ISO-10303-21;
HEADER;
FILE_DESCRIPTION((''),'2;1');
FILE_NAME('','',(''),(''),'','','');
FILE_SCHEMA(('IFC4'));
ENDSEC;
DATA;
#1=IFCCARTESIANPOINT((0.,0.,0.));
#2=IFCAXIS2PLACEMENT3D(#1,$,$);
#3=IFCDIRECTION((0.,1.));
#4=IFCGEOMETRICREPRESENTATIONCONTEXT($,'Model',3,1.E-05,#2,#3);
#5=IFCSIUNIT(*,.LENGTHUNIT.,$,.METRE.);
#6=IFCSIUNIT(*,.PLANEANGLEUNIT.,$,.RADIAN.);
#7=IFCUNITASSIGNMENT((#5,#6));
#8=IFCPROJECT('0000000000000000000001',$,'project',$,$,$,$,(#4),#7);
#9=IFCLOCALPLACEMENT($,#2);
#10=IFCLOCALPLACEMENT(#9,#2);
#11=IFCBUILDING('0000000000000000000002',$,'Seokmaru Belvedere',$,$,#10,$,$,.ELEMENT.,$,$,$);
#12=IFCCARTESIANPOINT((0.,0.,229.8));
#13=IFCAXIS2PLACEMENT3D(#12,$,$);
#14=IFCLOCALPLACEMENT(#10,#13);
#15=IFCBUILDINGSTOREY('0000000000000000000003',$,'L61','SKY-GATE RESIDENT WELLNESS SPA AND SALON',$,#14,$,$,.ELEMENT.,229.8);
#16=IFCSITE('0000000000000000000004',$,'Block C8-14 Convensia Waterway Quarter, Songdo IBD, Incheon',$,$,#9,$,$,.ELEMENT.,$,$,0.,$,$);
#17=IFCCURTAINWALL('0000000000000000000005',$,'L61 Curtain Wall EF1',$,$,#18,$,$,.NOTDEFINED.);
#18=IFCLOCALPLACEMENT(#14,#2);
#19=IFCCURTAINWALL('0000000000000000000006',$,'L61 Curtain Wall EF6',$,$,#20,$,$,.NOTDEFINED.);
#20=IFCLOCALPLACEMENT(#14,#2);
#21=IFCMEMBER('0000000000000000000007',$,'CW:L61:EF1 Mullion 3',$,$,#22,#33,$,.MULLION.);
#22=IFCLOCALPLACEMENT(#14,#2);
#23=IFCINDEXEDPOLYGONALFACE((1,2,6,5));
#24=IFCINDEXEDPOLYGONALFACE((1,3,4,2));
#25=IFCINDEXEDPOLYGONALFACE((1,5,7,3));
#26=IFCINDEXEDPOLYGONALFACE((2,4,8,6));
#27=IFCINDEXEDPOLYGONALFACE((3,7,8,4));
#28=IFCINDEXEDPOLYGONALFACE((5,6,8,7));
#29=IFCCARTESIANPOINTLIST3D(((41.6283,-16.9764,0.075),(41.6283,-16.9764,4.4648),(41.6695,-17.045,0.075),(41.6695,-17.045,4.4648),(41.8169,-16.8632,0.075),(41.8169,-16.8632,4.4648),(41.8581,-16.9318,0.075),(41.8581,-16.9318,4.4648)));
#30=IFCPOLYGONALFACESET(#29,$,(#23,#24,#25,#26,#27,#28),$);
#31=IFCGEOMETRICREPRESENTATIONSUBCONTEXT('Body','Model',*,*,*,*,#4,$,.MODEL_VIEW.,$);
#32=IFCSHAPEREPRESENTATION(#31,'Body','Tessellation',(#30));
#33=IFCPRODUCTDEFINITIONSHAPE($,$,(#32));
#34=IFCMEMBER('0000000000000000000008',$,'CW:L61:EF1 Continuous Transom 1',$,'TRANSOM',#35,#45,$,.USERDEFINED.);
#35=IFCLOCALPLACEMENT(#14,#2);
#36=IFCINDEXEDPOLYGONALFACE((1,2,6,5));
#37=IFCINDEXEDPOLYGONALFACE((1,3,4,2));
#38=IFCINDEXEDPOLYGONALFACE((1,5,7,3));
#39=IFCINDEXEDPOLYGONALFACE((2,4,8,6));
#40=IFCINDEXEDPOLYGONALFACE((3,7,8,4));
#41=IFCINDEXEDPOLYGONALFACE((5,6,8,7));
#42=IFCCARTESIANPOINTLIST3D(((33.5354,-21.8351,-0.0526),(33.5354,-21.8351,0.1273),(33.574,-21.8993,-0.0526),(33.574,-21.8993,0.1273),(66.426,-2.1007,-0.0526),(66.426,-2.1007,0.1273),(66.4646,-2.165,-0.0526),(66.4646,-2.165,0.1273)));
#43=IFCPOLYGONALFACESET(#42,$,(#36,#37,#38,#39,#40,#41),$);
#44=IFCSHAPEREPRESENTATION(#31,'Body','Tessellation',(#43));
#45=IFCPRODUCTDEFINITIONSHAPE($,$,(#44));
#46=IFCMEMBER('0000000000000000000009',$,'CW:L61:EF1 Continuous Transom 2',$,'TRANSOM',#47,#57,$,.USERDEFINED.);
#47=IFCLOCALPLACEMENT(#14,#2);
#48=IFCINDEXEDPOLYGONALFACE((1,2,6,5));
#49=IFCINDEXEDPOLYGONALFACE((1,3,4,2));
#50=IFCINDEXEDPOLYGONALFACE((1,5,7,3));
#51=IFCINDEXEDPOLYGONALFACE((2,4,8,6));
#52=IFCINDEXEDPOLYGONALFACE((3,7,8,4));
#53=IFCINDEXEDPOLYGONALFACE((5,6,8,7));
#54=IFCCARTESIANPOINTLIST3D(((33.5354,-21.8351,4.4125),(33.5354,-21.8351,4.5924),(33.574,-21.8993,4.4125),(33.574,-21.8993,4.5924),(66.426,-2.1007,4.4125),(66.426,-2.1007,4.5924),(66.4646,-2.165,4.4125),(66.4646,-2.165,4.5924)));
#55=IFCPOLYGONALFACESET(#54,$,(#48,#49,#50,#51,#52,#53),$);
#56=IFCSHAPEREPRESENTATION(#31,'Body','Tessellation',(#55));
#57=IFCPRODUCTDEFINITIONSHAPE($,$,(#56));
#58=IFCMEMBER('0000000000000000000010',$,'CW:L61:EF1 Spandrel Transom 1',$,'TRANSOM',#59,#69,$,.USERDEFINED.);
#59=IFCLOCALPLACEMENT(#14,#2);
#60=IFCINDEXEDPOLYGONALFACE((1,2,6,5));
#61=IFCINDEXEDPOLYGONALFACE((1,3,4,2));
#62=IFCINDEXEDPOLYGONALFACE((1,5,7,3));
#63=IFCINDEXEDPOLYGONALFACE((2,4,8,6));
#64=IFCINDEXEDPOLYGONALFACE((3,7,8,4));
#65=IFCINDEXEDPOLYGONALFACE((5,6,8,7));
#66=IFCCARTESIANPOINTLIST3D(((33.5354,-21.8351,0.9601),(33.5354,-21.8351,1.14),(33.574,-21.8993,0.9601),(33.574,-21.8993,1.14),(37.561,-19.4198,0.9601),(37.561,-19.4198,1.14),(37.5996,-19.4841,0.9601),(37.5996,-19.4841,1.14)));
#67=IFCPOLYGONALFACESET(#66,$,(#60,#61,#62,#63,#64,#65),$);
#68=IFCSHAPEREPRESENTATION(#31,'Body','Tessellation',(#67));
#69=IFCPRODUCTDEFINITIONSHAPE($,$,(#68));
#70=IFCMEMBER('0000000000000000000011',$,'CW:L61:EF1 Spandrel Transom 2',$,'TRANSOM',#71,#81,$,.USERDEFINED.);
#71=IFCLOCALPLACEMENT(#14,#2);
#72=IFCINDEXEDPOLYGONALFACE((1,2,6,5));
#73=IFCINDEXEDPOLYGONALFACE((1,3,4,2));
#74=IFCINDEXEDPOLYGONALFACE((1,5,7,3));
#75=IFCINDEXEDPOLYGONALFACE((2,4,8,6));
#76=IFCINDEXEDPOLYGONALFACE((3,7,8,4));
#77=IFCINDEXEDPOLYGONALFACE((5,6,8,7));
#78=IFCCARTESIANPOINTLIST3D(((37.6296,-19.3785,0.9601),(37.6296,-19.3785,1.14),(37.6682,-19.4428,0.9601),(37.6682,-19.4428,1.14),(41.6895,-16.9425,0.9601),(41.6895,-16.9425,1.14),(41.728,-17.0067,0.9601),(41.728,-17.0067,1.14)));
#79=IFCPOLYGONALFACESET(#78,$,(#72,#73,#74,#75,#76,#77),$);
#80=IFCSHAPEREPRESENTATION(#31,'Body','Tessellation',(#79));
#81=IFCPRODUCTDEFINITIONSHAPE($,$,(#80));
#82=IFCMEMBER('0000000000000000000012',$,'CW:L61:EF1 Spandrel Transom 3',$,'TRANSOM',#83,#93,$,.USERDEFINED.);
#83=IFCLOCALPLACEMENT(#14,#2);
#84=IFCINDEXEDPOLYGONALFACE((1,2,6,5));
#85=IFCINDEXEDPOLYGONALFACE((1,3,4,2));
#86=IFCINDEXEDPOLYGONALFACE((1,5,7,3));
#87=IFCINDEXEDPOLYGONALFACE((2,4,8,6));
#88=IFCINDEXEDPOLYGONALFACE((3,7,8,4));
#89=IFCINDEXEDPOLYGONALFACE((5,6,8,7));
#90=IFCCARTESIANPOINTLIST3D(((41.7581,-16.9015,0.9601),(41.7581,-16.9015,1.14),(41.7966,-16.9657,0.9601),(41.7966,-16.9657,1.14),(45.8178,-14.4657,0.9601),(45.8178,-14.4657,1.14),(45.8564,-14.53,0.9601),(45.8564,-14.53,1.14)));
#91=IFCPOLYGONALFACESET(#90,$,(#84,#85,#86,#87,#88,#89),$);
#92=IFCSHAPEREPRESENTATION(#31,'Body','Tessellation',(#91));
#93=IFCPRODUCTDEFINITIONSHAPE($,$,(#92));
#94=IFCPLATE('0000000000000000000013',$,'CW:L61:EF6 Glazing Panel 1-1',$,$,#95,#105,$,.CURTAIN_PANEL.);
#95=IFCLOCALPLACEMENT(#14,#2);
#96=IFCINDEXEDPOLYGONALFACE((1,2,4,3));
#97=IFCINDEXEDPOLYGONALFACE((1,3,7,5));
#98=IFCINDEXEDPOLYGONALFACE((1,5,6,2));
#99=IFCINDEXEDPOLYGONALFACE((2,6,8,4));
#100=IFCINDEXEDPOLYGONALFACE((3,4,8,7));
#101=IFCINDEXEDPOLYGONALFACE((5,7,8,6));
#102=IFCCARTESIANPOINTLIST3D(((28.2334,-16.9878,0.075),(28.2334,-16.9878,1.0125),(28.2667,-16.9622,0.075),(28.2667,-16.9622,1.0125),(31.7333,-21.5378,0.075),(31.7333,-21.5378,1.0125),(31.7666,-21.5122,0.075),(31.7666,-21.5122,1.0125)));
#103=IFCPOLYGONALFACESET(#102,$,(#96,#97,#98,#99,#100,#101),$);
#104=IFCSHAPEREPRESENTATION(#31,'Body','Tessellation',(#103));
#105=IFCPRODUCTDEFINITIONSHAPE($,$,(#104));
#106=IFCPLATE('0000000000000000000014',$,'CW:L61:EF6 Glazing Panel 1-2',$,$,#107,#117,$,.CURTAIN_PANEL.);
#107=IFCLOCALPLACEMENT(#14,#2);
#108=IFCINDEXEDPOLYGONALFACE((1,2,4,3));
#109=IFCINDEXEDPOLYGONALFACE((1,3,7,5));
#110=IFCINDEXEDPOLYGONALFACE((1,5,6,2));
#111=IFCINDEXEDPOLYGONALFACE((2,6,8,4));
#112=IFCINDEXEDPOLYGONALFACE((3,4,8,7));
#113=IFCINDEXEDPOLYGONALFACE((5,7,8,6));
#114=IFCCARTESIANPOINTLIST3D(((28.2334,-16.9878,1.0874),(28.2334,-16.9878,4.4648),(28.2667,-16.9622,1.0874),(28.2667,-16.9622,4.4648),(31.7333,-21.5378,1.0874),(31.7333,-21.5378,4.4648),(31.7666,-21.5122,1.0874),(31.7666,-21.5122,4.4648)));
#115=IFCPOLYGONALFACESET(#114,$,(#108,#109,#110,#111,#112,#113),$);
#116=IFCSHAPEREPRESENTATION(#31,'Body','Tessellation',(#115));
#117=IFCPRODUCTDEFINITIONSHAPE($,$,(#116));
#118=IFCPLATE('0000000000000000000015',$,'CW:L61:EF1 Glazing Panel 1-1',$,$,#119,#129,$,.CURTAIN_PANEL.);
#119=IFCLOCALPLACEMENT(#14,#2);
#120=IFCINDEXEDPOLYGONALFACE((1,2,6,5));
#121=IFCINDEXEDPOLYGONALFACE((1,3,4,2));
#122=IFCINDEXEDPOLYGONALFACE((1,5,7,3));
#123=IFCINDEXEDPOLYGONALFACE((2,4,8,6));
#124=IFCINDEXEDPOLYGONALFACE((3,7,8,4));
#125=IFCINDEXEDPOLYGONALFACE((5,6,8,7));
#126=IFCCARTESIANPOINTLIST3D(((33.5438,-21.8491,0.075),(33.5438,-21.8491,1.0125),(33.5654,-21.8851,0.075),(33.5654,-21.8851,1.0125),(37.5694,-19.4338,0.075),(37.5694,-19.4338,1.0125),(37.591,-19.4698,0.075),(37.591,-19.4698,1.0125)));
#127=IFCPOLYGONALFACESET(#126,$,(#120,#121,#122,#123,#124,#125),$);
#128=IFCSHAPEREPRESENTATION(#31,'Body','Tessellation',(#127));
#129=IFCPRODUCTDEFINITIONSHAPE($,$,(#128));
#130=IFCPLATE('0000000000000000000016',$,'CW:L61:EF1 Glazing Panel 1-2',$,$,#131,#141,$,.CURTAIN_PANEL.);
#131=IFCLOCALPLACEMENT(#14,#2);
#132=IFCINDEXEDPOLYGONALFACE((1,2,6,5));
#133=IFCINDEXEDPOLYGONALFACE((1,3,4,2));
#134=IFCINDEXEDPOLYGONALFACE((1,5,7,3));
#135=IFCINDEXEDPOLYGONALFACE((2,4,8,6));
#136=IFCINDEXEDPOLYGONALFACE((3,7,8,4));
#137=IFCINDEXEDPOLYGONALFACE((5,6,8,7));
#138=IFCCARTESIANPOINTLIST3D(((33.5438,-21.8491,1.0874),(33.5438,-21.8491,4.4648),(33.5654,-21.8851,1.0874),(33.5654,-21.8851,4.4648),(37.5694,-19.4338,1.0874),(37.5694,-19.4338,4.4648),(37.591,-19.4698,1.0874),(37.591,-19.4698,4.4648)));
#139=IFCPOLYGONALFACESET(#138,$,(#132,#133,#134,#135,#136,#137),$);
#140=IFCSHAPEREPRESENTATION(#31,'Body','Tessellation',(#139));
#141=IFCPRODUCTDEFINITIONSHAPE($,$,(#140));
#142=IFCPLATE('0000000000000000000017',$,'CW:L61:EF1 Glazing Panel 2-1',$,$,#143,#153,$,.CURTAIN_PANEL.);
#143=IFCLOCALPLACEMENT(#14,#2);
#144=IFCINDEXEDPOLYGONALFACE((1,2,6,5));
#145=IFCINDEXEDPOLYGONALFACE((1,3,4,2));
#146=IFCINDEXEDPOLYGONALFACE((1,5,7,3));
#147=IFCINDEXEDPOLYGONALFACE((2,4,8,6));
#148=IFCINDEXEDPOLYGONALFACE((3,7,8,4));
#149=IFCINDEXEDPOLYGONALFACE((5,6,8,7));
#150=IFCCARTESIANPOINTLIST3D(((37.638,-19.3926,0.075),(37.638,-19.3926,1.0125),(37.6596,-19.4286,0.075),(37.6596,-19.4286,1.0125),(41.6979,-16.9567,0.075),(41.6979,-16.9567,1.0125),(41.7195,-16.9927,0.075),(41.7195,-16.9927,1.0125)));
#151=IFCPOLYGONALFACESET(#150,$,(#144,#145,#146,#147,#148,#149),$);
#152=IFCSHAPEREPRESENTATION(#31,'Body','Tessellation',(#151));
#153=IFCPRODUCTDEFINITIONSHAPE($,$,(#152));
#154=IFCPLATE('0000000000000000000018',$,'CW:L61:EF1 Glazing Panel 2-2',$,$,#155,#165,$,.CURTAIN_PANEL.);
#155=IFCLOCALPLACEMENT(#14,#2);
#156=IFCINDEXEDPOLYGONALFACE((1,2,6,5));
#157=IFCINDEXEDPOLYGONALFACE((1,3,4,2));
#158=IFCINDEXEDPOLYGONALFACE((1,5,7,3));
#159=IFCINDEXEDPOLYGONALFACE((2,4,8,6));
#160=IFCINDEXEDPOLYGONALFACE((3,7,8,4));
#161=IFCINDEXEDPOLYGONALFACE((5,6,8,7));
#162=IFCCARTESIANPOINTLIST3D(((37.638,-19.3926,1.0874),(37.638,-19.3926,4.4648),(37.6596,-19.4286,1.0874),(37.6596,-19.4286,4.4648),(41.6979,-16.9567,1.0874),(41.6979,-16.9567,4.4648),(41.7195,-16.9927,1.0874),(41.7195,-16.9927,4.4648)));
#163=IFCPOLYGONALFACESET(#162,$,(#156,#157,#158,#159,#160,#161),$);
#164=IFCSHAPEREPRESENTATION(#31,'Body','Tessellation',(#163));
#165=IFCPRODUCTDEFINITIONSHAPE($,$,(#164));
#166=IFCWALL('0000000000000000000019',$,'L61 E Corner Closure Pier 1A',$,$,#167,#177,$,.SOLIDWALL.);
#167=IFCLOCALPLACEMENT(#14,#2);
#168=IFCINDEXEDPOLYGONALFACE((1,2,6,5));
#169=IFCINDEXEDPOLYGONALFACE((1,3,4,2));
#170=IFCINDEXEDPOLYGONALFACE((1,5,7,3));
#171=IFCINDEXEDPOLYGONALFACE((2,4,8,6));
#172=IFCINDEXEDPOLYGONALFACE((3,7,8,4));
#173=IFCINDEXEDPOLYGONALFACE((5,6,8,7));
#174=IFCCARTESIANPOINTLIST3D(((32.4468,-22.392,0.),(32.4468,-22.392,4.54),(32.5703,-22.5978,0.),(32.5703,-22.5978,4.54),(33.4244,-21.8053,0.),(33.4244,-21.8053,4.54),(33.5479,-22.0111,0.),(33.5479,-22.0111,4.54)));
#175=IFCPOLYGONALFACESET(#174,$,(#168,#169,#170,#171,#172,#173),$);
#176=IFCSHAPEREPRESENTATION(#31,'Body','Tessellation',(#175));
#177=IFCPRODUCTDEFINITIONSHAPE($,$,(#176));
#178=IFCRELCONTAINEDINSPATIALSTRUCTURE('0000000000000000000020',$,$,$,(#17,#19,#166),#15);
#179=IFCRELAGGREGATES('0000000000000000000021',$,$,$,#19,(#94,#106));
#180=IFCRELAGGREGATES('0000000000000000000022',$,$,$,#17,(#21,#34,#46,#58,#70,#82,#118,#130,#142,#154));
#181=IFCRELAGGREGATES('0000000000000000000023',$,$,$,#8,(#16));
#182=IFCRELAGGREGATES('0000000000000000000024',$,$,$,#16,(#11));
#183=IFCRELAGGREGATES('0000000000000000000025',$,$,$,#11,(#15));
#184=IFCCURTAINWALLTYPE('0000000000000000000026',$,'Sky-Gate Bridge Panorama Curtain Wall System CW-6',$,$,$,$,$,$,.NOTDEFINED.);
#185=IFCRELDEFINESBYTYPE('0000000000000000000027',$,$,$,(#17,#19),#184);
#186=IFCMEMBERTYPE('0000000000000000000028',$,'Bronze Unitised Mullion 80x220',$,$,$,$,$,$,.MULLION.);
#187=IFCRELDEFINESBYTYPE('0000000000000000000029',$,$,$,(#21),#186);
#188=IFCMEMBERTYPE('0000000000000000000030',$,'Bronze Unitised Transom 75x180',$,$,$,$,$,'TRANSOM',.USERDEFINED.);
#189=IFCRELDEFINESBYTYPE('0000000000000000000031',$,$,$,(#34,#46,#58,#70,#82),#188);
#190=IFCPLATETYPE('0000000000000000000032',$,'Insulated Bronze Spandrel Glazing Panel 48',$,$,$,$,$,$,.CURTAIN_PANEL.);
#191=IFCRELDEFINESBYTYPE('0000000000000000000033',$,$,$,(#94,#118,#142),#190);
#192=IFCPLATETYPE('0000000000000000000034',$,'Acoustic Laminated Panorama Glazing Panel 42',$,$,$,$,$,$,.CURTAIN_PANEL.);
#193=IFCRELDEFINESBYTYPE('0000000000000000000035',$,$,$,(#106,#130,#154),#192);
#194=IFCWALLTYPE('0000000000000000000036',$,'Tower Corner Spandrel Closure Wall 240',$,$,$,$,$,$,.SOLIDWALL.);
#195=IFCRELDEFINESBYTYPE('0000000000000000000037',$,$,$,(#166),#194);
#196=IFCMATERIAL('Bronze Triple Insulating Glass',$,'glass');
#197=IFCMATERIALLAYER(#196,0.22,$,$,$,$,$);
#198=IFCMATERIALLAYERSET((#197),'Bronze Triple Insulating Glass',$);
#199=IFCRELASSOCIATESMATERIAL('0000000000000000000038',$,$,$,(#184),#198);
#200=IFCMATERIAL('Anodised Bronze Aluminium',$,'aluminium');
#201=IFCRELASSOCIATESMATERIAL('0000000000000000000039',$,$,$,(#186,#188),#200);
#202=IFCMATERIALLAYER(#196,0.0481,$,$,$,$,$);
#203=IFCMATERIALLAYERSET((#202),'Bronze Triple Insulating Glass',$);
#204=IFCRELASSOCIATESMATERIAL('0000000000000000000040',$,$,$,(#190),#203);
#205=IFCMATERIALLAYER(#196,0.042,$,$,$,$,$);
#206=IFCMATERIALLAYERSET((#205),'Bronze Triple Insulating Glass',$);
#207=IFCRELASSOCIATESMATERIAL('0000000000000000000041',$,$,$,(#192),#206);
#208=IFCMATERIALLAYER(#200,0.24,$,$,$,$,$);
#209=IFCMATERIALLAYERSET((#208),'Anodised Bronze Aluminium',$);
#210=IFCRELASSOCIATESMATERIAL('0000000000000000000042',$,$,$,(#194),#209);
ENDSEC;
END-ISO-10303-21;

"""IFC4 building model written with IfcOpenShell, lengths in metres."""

from ifc_helpers import new_model, si_unit, direction, frame, frame_2d, origin, origin_2d, place, context, subcontext, project, spatial, rectangle, extrude, source, transform, mapped, material, layer, layer_set, material_profile, profile_set, type_object, type_shapes, element, aggregate, save


model = new_model("IFC4")

# Units and contexts
model_context = context("Model", 3, precision=1e-05, world=origin(), true_north=direction((0.0, 1.0)))
body_context = subcontext(model_context, "Body", "Model", "MODEL_VIEW")
ifc_project = project(units=[si_unit("LENGTHUNIT", "METRE"), si_unit("PLANEANGLEUNIT", "RADIAN")], contexts=[model_context])

# Site, building, storey
site_placement = place(None, origin())
site = spatial("IfcSite", under=ifc_project, at=site_placement, Name="Block C8-14 Convensia Waterway Quarter, Songdo IBD, Incheon", CompositionType="ELEMENT", RefElevation=0.0)
building_placement = place(site_placement, origin())
building = spatial("IfcBuilding", under=site, at=building_placement, Name="Seokmaru Belvedere", CompositionType="ELEMENT")
storey_placement = place(building_placement, frame((0.0, 0.0, 229.8)))
storey = spatial("IfcBuildingStorey", under=building, at=storey_placement, Name="L61", Description="SKY-GATE RESIDENT WELLNESS SPA AND SALON", CompositionType="ELEMENT", Elevation=229.8)

# Curtain wall
ifc_material_1 = material(Name="Bronze Triple Insulating Glass", Category="glass")
ifc_layer_1 = layer(ifc_material_1, 0.22)
ifc_layer_set_1 = layer_set([ifc_layer_1], Name="Bronze Triple Insulating Glass")
curtain_wall_type = type_object("IfcCurtainWallType", Name="Sky-Gate Bridge Panorama Curtain Wall System CW-6", PredefinedType="NOTDEFINED", material=ifc_layer_set_1)
curtain_wall_1_placement = place(storey_placement, origin())
curtain_wall_1 = element("IfcCurtainWall", 1, at=curtain_wall_1_placement, inside=storey, type_object=curtain_wall_type, Name="L61 Curtain Wall EF1", PredefinedType="NOTDEFINED")
ifc_material_2 = material(Name="Anodised Bronze Aluminium", Category="aluminium")
ifc_material_profile_1 = material_profile(ifc_material_2, rectangle(XDim=0.0801, YDim=0.22, at=origin_2d()), Name="CW-M-80x220")
ifc_profile_set_1 = profile_set([ifc_material_profile_1], Name="Anodised Bronze Aluminium")
member_type_1 = type_object("IfcMemberType", Name="Bronze Unitised Mullion 80x220", PredefinedType="MULLION", material=ifc_profile_set_1)

# Curtain wall
curtain_wall_2_placement = place(storey_placement, origin())
curtain_wall_2 = element("IfcCurtainWall", 2, at=curtain_wall_2_placement, inside=storey, type_object=curtain_wall_type, Name="L61 Curtain Wall EF6", PredefinedType="NOTDEFINED")
ifc_material_profile_2 = material_profile(ifc_material_2, rectangle(XDim=0.075, YDim=0.1799, at=origin_2d()), Name="CW-T-75x180")
ifc_profile_set_2 = profile_set([ifc_material_profile_2], Name="Anodised Bronze Aluminium")
member_type_2 = type_object("IfcMemberType", Name="Bronze Unitised Transom 75x180", ElementType="TRANSOM", PredefinedType="USERDEFINED", material=ifc_profile_set_2)

# Members
shared_shape_1 = source(origin(), body_context, "Body", "SweptSolid", [
    extrude(rectangle(XDim=0.0801, YDim=0.22, at=origin_2d()), origin(), (0.0, 0.0, 1.0), 4.3899),
])
member_1_placement = place(storey_placement, frame((41.7432, -16.9541, 0.075), z_axis=(0.0, 0.0, 1.0), x_axis=(-0.514495, 0.857493, 0.0)))
member_1 = element("IfcMember", 3, at=member_1_placement, type_object=member_type_1, Name="CW:L61:EF1 Mullion 3", PredefinedType="MULLION", context=body_context, shape_type="MappedRepresentation", body=[
    mapped(shared_shape_1, transform((0.0, 0.0, 0.0), scale=1.0)),
])
shared_shape_2 = source(origin(), body_context, "Body", "SweptSolid", [
    extrude(rectangle(XDim=0.075, YDim=0.1799, at=origin_2d()), origin(), (0.0, 0.0, 1.0), 38.3567),
])
member_2_placement = place(storey_placement, frame((33.5547, -21.8672, 0.0374), z_axis=(0.857493, 0.514496, 0.0), x_axis=(-0.514496, 0.857493, 0.0)))
member_2 = element("IfcMember", 4, at=member_2_placement, type_object=member_type_2, Name="CW:L61:EF1 Continuous Transom 1", ObjectType="TRANSOM", PredefinedType="USERDEFINED", context=body_context, shape_type="MappedRepresentation", body=[
    mapped(shared_shape_2, transform((0.0, 0.0, 0.0), scale=1.0)),
])
member_3_placement = place(storey_placement, frame((33.5547, -21.8672, 4.5024), z_axis=(0.857493, 0.514496, 0.0), x_axis=(-0.514496, 0.857493, 0.0)))
member_3 = element("IfcMember", 5, at=member_3_placement, type_object=member_type_2, Name="CW:L61:EF1 Continuous Transom 2", ObjectType="TRANSOM", PredefinedType="USERDEFINED", context=body_context, shape_type="MappedRepresentation", body=[
    mapped(shared_shape_2, transform((0.0, 0.0, 0.0), scale=1.0)),
])
shared_shape_3 = source(origin(), body_context, "Body", "SweptSolid", [
    extrude(rectangle(XDim=0.075, YDim=0.1799, at=origin_2d()), origin(), (0.0, 0.0, 1.0), 4.6946),
])
member_4_placement = place(storey_placement, frame((33.5547, -21.8672, 1.05), z_axis=(0.857502, 0.51448, 0.0), x_axis=(-0.51448, 0.857502, 0.0)))
member_4 = element("IfcMember", 6, at=member_4_placement, type_object=member_type_2, Name="CW:L61:EF1 Spandrel Transom 1", ObjectType="TRANSOM", PredefinedType="USERDEFINED", context=body_context, shape_type="MappedRepresentation", body=[
    mapped(shared_shape_3, transform((0.0, 0.0, 0.0), scale=1.0)),
])
shared_shape_4 = source(origin(), body_context, "Body", "SweptSolid", [
    extrude(rectangle(XDim=0.075, YDim=0.1799, at=origin_2d()), origin(), (0.0, 0.0, 1.0), 4.7346),
])
member_5_placement = place(storey_placement, frame((37.6489, -19.4106, 1.05), z_axis=(0.857479, 0.514519, 0.0), x_axis=(-0.514519, 0.857479, 0.0)))
member_5 = element("IfcMember", 7, at=member_5_placement, type_object=member_type_2, Name="CW:L61:EF1 Spandrel Transom 2", ObjectType="TRANSOM", PredefinedType="USERDEFINED", context=body_context, shape_type="MappedRepresentation", body=[
    mapped(shared_shape_4, transform((0.0, 0.0, 0.0), scale=1.0)),
])
shared_shape_5 = source(origin(), body_context, "Body", "SweptSolid", [
    extrude(rectangle(XDim=0.075, YDim=0.1799, at=origin_2d()), origin(), (0.0, 0.0, 1.0), 4.7344),
])
member_6_placement = place(storey_placement, frame((41.7773, -16.9336, 1.05), z_axis=(0.857502, 0.514481, 0.0), x_axis=(-0.514481, 0.857502, 0.0)))
member_6 = element("IfcMember", 8, at=member_6_placement, type_object=member_type_2, Name="CW:L61:EF1 Spandrel Transom 3", ObjectType="TRANSOM", PredefinedType="USERDEFINED", context=body_context, shape_type="MappedRepresentation", body=[
    mapped(shared_shape_5, transform((0.0, 0.0, 0.0), scale=1.0)),
])

# Plates
ifc_layer_2 = layer(ifc_material_1, 0.0481)
ifc_layer_set_2 = layer_set([ifc_layer_2], Name="Bronze Triple Insulating Glass")
plate_type_1 = type_object("IfcPlateType", Name="Insulated Bronze Spandrel Glazing Panel 48", PredefinedType="CURTAIN_PANEL", material=ifc_layer_set_2)
shared_shape_6 = source(origin(), body_context, "Body", "SweptSolid", [
    extrude(rectangle(XDim=5.7405, YDim=0.042, at=origin_2d()), origin(), (0.0, 0.0, 1.0), 0.9375),
])
plate_1_placement = place(storey_placement, frame((30.0, -19.25, 0.075), z_axis=(0.0, 0.0, 1.0), x_axis=(0.609701, -0.792631, 0.0)))
plate_1 = element("IfcPlate", 9, at=plate_1_placement, type_object=plate_type_1, Name="CW:L61:EF6 Glazing Panel 1-1", PredefinedType="CURTAIN_PANEL", context=body_context, shape_type="MappedRepresentation", body=[
    mapped(shared_shape_6, transform((0.0, 0.0, 0.0), scale=1.0)),
])
ifc_layer_3 = layer(ifc_material_1, 0.042)
ifc_layer_set_3 = layer_set([ifc_layer_3], Name="Bronze Triple Insulating Glass")
plate_type_2 = type_object("IfcPlateType", Name="Acoustic Laminated Panorama Glazing Panel 42", PredefinedType="CURTAIN_PANEL", material=ifc_layer_set_3)
shared_shape_7 = source(origin(), body_context, "Body", "SweptSolid", [
    extrude(rectangle(XDim=5.7405, YDim=0.042, at=origin_2d()), origin(), (0.0, 0.0, 1.0), 3.3774),
])
plate_2_placement = place(storey_placement, frame((30.0, -19.25, 1.0874), z_axis=(0.0, 0.0, 1.0), x_axis=(0.609701, -0.792631, 0.0)))
plate_2 = element("IfcPlate", 10, at=plate_2_placement, type_object=plate_type_2, Name="CW:L61:EF6 Glazing Panel 1-2", PredefinedType="CURTAIN_PANEL", context=body_context, shape_type="MappedRepresentation", body=[
    mapped(shared_shape_7, transform((0.0, 0.0, 0.0), scale=1.0)),
])
aggregate(curtain_wall_2, [plate_1, plate_2])
shared_shape_8 = source(origin(), body_context, "Body", "SweptSolid", [
    extrude(rectangle(XDim=4.6946, YDim=0.042, at=origin_2d()), origin(), (0.0, 0.0, 1.0), 0.9375),
])
plate_3_placement = place(storey_placement, frame((35.5674, -20.6594, 0.075), z_axis=(0.0, 0.0, 1.0), x_axis=(0.857493, 0.514495, 0.0)))
plate_3 = element("IfcPlate", 11, at=plate_3_placement, type_object=plate_type_1, Name="CW:L61:EF1 Glazing Panel 1-1", PredefinedType="CURTAIN_PANEL", context=body_context, shape_type="MappedRepresentation", body=[
    mapped(shared_shape_8, transform((0.0, 0.0, 0.0), scale=1.0)),
])
shared_shape_9 = source(origin(), body_context, "Body", "SweptSolid", [
    extrude(rectangle(XDim=4.6946, YDim=0.042, at=origin_2d()), origin(), (0.0, 0.0, 1.0), 3.3774),
])
plate_4_placement = place(storey_placement, frame((35.5674, -20.6594, 1.0874), z_axis=(0.0, 0.0, 1.0), x_axis=(0.857493, 0.514495, 0.0)))
plate_4 = element("IfcPlate", 12, at=plate_4_placement, type_object=plate_type_2, Name="CW:L61:EF1 Glazing Panel 1-2", PredefinedType="CURTAIN_PANEL", context=body_context, shape_type="MappedRepresentation", body=[
    mapped(shared_shape_9, transform((0.0, 0.0, 0.0), scale=1.0)),
])
shared_shape_10 = source(origin(), body_context, "Body", "SweptSolid", [
    extrude(rectangle(XDim=4.7346, YDim=0.042, at=origin_2d()), origin(), (0.0, 0.0, 1.0), 0.9375),
])
type_shapes(plate_type_1, [shared_shape_6, shared_shape_8, shared_shape_10])
plate_5_placement = place(storey_placement, frame((39.6787, -18.1926, 0.075), z_axis=(0.0, 0.0, 1.0), x_axis=(0.857493, 0.514495, 0.0)))
plate_5 = element("IfcPlate", 13, at=plate_5_placement, type_object=plate_type_1, Name="CW:L61:EF1 Glazing Panel 2-1", PredefinedType="CURTAIN_PANEL", context=body_context, shape_type="MappedRepresentation", body=[
    mapped(shared_shape_10, transform((0.0, 0.0, 0.0), scale=1.0)),
])
shared_shape_11 = source(origin(), body_context, "Body", "SweptSolid", [
    extrude(rectangle(XDim=4.7346, YDim=0.042, at=origin_2d()), origin(), (0.0, 0.0, 1.0), 3.3774),
])
type_shapes(plate_type_2, [shared_shape_7, shared_shape_9, shared_shape_11])
plate_6_placement = place(storey_placement, frame((39.6787, -18.1926, 1.0874), z_axis=(0.0, 0.0, 1.0), x_axis=(0.857493, 0.514495, 0.0)))
plate_6 = element("IfcPlate", 14, at=plate_6_placement, type_object=plate_type_2, Name="CW:L61:EF1 Glazing Panel 2-2", PredefinedType="CURTAIN_PANEL", context=body_context, shape_type="MappedRepresentation", body=[
    mapped(shared_shape_11, transform((0.0, 0.0, 0.0), scale=1.0)),
])
aggregate(curtain_wall_1, [member_1, member_2, member_3, member_4, member_5, member_6, plate_3, plate_4, plate_5, plate_6])

# Wall
ifc_layer_4 = layer(ifc_material_2, 0.24)
ifc_layer_set_4 = layer_set([ifc_layer_4], Name="Anodised Bronze Aluminium")
wall_type = type_object("IfcWallType", Name="Tower Corner Spandrel Closure Wall 240", PredefinedType="SOLIDWALL", material=ifc_layer_set_4)
for number, where, z_axis, x_axis, name in (
    (15, (32.5085, -22.4949, 0.0), (0.0, 0.0, 1.0), (0.857436, 0.51459, 0.0), "L61 E Corner Closure Pier 1A"),
):
    element("IfcWall", number, at=place(storey_placement, frame(where, z_axis=z_axis, x_axis=x_axis)), inside=storey, type_object=wall_type, Name=name, PredefinedType="SOLIDWALL", context=body_context, shape_type="SweptSolid", body=[
        extrude(rectangle(XDim=1.1401, YDim=0.24, at=frame_2d((0.5701, 0.0))), origin(), (0.0, 0.0, 1.0), 4.54),
    ])

save(model, "model.ifc")
